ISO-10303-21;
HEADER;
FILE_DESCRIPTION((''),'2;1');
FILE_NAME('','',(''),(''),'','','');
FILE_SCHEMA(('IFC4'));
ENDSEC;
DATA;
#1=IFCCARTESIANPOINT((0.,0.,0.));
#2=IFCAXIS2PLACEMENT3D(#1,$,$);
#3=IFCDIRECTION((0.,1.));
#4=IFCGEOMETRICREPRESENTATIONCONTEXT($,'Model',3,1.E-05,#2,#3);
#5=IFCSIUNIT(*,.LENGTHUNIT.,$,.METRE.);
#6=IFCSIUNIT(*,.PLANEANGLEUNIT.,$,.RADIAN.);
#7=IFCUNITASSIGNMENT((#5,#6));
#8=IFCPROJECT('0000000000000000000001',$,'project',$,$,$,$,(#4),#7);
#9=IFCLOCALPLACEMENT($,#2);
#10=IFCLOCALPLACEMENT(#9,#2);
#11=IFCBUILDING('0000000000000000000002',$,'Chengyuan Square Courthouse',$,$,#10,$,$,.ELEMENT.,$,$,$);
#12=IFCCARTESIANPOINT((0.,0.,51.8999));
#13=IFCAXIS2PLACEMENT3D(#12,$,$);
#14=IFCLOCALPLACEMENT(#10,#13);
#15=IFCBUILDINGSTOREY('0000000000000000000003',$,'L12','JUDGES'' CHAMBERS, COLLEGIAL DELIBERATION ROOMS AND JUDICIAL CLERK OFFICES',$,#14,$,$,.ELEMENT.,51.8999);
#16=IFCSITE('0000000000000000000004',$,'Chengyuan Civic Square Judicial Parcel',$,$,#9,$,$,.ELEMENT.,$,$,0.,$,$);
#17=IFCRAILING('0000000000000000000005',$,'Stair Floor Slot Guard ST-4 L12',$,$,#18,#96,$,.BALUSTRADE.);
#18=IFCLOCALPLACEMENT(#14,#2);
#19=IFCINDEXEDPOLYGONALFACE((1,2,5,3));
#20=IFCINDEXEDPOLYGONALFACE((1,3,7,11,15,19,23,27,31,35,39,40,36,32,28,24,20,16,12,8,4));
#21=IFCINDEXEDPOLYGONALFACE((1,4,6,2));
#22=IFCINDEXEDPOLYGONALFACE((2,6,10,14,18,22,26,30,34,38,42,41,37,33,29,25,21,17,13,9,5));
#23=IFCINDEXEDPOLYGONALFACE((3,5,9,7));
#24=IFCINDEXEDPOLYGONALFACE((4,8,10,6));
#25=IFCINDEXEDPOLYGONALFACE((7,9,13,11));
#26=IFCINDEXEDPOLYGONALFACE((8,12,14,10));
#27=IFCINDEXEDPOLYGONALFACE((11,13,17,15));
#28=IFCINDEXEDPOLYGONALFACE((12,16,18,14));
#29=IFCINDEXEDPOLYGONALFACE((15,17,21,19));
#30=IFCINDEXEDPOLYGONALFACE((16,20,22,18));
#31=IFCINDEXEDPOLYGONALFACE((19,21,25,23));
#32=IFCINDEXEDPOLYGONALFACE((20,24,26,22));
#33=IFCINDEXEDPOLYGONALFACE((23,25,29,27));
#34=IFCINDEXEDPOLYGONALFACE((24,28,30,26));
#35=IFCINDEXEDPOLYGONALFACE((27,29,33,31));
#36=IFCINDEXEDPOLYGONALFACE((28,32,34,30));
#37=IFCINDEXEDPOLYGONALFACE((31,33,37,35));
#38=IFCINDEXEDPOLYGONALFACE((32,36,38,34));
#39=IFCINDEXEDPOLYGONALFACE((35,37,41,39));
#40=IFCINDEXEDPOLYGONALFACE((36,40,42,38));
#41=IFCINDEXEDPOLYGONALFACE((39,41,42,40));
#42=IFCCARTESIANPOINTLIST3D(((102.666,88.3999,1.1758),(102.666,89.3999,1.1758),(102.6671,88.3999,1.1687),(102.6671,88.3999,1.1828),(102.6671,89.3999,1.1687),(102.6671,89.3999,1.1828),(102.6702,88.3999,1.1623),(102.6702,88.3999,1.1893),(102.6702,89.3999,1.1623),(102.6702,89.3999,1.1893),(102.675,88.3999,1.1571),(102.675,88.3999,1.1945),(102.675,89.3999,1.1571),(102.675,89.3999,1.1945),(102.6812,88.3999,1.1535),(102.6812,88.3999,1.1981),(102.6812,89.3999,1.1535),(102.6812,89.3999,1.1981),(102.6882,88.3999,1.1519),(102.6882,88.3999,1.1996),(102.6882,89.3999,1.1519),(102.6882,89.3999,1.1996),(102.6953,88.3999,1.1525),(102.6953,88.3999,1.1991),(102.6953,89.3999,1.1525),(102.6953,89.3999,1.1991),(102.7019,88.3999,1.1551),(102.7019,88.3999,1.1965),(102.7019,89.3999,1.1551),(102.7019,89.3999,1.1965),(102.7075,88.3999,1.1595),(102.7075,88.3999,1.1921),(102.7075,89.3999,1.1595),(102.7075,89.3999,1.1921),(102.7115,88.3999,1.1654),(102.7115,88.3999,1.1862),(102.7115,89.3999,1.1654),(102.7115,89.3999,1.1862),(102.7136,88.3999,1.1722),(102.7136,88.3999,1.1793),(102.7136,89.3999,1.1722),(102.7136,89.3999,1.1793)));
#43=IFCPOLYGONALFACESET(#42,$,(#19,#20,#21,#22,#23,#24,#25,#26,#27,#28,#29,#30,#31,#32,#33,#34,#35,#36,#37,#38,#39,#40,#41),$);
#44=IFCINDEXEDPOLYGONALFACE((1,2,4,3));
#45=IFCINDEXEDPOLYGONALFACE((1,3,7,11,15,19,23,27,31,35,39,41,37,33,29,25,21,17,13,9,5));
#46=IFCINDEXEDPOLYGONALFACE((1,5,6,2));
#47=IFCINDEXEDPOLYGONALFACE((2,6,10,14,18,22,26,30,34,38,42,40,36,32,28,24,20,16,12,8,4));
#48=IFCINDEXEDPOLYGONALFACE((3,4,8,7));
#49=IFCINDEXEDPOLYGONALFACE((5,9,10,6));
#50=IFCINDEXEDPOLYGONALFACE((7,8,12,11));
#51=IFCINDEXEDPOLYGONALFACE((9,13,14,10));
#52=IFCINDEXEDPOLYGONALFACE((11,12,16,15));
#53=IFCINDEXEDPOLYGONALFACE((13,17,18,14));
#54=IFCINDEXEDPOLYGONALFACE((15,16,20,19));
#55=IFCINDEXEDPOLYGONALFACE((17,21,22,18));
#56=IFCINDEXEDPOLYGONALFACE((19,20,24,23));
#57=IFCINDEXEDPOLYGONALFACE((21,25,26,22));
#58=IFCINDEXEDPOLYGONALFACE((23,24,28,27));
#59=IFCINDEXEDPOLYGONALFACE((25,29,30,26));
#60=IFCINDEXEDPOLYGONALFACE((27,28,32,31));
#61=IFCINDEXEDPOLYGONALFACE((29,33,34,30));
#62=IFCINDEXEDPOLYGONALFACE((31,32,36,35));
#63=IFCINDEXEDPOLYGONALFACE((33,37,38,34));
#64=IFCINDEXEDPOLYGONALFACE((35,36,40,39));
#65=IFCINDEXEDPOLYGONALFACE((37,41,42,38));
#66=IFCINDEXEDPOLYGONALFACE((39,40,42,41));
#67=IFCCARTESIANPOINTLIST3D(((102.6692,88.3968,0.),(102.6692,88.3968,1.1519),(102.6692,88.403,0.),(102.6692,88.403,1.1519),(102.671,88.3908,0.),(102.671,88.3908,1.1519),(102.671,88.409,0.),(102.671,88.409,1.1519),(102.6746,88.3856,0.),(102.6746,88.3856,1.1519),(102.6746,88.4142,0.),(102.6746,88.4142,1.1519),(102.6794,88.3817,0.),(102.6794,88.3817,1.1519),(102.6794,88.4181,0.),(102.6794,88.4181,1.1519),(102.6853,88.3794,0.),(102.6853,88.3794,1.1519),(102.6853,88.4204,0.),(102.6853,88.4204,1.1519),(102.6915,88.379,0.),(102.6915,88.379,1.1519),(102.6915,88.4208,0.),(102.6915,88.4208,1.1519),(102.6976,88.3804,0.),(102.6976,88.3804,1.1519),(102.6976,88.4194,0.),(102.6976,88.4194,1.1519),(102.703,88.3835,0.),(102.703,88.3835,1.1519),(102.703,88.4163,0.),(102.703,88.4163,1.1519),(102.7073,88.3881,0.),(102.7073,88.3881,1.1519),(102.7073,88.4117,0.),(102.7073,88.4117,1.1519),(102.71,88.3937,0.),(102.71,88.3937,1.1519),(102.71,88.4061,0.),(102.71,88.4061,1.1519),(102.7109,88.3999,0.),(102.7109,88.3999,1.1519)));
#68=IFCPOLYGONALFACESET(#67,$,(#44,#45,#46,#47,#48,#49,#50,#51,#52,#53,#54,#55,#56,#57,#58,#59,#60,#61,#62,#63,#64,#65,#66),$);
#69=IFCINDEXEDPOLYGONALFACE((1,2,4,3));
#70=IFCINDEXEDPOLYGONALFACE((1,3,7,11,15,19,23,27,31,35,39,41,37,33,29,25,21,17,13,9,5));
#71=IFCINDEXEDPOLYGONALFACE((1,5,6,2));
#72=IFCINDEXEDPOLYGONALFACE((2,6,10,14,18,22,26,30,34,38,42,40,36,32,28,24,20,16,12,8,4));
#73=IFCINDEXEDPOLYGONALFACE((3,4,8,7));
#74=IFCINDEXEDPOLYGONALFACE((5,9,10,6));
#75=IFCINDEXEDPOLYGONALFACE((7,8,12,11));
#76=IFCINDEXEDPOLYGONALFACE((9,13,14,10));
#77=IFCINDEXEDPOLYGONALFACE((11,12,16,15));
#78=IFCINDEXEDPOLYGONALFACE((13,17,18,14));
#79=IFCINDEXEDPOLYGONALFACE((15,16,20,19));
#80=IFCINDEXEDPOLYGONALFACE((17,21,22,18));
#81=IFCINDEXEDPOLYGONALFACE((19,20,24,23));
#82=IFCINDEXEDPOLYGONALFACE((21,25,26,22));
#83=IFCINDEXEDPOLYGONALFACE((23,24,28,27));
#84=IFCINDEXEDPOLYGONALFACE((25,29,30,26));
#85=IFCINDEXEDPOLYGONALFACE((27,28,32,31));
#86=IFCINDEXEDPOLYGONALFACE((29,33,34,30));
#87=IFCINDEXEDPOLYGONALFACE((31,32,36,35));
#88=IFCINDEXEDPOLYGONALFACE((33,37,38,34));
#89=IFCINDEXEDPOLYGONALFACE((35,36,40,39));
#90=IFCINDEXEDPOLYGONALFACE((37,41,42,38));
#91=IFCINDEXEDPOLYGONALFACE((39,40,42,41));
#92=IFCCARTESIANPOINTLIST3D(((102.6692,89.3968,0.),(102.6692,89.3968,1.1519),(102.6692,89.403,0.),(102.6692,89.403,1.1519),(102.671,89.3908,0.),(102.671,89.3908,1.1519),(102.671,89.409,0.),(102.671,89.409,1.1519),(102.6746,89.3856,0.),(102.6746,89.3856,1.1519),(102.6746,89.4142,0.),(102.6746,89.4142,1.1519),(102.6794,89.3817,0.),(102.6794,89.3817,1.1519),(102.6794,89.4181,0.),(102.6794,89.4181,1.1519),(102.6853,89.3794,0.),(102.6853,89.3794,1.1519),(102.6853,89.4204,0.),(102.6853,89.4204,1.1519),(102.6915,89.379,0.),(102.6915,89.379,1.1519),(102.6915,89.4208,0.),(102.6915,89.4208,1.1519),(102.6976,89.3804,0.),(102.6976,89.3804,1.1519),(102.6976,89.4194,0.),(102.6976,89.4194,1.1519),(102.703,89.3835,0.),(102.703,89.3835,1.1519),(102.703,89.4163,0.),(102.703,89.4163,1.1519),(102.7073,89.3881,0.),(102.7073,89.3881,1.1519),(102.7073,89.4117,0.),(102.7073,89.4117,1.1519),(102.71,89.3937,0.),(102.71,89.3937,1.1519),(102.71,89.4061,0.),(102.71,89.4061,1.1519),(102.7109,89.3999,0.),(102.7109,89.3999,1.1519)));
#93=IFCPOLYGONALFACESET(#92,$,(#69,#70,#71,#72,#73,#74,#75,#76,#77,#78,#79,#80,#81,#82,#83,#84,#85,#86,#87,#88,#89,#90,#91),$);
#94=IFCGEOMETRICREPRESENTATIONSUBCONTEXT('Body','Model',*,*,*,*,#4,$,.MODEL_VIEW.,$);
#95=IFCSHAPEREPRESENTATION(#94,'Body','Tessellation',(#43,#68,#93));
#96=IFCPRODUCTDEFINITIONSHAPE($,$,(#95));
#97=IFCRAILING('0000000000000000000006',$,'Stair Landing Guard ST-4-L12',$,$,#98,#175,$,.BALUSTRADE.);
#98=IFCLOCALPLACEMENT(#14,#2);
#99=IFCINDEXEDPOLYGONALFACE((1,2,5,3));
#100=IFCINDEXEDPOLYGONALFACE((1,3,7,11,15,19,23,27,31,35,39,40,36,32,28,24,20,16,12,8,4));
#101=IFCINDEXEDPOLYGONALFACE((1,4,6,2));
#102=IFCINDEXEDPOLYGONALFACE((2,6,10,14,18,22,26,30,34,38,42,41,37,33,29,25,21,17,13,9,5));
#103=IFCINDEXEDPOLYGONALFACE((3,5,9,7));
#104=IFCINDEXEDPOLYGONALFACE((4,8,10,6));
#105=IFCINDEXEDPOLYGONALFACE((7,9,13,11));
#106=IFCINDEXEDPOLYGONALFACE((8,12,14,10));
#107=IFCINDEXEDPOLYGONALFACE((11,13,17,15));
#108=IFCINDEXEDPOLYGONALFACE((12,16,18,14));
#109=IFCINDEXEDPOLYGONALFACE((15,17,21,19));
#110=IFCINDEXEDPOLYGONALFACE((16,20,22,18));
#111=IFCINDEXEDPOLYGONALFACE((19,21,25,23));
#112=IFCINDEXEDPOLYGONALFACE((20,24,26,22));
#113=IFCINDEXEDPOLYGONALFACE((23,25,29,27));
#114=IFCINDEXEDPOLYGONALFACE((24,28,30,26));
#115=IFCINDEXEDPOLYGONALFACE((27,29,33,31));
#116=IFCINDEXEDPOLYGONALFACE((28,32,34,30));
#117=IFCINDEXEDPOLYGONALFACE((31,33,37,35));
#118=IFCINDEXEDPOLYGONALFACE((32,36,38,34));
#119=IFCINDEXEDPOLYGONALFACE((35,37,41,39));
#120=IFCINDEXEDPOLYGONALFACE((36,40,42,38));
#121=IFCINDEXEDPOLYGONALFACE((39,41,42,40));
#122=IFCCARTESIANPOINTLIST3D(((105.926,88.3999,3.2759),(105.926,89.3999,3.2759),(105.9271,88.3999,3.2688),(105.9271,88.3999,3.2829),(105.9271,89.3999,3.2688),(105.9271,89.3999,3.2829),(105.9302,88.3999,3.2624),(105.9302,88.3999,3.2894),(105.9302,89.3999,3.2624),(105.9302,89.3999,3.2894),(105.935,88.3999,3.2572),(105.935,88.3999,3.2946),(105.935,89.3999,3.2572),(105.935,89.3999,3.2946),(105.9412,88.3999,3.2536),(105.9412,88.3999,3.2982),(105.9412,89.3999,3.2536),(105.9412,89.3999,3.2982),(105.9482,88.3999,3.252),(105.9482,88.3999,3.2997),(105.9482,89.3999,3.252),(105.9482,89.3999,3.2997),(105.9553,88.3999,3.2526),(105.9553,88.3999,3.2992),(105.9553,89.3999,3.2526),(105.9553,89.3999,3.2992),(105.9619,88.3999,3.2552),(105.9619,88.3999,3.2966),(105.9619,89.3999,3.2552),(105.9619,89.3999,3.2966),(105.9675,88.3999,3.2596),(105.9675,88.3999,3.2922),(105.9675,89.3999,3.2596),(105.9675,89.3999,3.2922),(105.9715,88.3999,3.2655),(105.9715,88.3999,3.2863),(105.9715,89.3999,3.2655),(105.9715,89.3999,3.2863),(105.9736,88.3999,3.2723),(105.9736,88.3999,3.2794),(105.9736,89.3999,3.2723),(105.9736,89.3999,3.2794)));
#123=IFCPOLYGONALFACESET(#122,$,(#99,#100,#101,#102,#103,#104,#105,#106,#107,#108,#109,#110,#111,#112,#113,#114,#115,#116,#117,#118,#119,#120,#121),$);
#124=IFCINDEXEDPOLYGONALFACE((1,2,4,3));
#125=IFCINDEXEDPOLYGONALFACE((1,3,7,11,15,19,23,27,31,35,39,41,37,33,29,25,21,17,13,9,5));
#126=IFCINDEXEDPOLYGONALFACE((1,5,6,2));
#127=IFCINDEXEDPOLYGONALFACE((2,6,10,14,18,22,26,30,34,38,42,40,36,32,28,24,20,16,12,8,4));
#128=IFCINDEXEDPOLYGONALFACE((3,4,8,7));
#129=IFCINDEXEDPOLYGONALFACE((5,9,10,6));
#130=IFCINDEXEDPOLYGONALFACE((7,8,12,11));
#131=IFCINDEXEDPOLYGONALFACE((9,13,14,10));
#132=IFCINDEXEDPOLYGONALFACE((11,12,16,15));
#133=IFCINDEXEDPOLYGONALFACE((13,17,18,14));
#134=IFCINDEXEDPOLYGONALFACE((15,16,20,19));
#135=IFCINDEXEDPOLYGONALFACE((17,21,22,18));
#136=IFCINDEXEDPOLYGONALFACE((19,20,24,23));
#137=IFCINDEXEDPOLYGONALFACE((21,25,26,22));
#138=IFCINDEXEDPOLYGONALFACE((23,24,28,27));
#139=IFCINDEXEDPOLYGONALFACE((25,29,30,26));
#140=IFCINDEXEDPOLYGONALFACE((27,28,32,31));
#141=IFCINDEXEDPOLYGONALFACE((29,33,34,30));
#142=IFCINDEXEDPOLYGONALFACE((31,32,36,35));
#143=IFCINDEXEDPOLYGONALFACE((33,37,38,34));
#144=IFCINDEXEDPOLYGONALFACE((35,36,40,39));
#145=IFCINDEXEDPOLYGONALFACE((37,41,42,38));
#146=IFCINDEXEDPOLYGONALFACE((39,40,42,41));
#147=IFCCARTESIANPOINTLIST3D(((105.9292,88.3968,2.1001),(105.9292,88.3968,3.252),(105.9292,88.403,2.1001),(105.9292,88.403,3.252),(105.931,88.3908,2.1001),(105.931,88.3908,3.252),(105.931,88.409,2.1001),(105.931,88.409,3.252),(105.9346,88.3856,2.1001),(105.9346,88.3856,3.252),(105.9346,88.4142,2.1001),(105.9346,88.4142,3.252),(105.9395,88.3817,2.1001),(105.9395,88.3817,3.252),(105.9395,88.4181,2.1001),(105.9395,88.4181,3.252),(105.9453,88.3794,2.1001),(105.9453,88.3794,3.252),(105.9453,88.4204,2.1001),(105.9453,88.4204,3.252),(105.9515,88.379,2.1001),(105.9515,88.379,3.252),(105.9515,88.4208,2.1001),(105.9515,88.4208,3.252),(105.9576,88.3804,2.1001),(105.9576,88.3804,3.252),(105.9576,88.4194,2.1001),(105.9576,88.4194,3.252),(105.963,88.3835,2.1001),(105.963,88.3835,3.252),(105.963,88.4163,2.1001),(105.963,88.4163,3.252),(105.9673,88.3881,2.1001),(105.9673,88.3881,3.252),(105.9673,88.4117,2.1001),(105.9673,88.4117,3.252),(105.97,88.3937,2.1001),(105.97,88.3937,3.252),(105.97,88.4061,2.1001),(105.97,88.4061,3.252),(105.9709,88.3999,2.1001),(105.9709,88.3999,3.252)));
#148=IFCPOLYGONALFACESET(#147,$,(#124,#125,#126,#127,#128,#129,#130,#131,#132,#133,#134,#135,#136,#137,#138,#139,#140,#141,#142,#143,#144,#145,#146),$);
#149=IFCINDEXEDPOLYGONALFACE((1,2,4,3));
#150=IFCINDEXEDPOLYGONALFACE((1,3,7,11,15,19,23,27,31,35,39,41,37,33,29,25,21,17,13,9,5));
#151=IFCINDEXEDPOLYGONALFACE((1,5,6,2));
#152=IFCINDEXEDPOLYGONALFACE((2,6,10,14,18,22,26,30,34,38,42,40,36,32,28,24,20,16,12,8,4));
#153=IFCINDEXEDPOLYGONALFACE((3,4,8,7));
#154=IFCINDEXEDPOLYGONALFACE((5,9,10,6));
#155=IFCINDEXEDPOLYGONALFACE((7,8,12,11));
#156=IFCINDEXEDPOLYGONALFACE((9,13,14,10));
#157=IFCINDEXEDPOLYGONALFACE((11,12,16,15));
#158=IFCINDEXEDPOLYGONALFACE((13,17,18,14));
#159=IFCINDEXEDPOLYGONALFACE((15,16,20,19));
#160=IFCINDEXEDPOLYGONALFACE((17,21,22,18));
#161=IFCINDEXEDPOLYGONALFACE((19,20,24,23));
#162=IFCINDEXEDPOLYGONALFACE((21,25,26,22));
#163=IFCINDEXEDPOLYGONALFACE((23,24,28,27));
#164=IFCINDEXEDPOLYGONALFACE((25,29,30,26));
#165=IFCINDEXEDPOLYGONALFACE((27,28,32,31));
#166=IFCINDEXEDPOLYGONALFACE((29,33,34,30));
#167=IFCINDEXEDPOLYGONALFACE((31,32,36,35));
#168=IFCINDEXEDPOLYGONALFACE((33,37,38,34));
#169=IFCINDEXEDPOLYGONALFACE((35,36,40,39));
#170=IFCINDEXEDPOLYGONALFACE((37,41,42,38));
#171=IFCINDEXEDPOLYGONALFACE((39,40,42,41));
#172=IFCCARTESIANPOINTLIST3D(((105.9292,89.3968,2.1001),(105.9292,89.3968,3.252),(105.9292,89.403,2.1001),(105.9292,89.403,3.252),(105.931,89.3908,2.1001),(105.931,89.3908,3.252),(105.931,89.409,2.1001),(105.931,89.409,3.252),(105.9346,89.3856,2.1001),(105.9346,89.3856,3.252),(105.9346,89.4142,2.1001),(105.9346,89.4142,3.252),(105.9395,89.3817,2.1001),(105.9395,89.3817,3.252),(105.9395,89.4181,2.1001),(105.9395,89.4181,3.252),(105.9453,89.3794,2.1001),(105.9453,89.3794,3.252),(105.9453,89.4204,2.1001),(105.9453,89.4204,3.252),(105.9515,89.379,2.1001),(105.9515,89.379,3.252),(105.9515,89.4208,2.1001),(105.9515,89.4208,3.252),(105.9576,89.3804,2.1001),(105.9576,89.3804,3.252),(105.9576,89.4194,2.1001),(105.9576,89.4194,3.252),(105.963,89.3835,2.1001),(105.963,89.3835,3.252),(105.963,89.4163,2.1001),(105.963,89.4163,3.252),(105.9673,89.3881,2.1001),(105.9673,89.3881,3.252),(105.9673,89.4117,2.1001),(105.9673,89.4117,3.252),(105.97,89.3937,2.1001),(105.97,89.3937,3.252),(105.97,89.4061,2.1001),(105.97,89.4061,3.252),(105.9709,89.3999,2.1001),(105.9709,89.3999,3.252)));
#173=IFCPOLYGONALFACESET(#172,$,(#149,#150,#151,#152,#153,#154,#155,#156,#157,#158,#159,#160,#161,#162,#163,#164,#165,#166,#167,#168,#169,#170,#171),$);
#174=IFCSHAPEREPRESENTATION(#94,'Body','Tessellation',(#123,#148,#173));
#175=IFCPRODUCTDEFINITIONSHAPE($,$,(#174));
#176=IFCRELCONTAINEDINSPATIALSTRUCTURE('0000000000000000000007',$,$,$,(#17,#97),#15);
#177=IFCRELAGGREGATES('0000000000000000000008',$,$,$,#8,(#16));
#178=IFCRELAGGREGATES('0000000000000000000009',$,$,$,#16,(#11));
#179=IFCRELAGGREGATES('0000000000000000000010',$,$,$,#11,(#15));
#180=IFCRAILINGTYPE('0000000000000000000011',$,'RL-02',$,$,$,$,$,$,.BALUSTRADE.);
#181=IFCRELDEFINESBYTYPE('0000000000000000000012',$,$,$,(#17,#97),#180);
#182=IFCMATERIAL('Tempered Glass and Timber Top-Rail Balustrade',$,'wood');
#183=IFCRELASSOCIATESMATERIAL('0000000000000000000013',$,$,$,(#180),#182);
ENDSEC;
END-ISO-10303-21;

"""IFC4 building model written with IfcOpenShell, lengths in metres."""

from ifc_helpers import new_model, si_unit, direction, frame, origin, origin_2d, place, context, subcontext, project, spatial, circle, extrude, material, type_object, element, save


model = new_model("IFC4")

# Units and contexts
model_context = context("Model", 3, precision=1e-05, world=origin(), true_north=direction((0.0, 1.0)))
body_context = subcontext(model_context, "Body", "Model", "MODEL_VIEW")
ifc_project = project(units=[si_unit("LENGTHUNIT", "METRE"), si_unit("PLANEANGLEUNIT", "RADIAN")], contexts=[model_context])

# Site, building, storey
site_placement = place(None, origin())
site = spatial("IfcSite", under=ifc_project, at=site_placement, Name="Chengyuan Civic Square Judicial Parcel", CompositionType="ELEMENT", RefElevation=0.0)
building_placement = place(site_placement, origin())
building = spatial("IfcBuilding", under=site, at=building_placement, Name="Chengyuan Square Courthouse", CompositionType="ELEMENT")
storey_placement = place(building_placement, frame((0.0, 0.0, 51.8999)))
storey = spatial("IfcBuildingStorey", under=building, at=storey_placement, Name="L12", Description="JUDGES' CHAMBERS, COLLEGIAL DELIBERATION ROOMS AND JUDICIAL CLERK OFFICES", CompositionType="ELEMENT", Elevation=51.8999)

# Railings
ifc_material_1 = material(Name="Tempered Glass and Timber Top-Rail Balustrade", Category="wood")
railing_type_1 = type_object("IfcRailingType", Name="RL-02", PredefinedType="BALUSTRADE", material=ifc_material_1)
for number, where, name in (
    (1, (102.6899, 88.3999, 0.0), "Stair Floor Slot Guard ST-4 L12"),
    (2, (105.95, 88.3999, 2.1001), "Stair Landing Guard ST-4-L12"),
):
    element("IfcRailing", number, at=place(storey_placement, frame(where)), inside=storey, type_object=railing_type_1, Name=name, PredefinedType="BALUSTRADE", context=body_context, shape_type="SweptSolid", body=[
        extrude(circle(Radius=0.0239, at=origin_2d()), frame((0.0, 0.0, 1.1758), z_axis=(0.0, 1.0, 0.0), x_axis=(-1.0, 0.0, 0.0)), (0.0, 0.0, 1.0), 1.0),
        extrude(circle(Radius=0.021, at=origin_2d()), origin(), (0.0, 0.0, 1.0), 1.1519),
        extrude(circle(Radius=0.021, at=origin_2d()), frame((0.0, 1.0, 0.0)), (0.0, 0.0, 1.0), 1.1519),
    ])

save(model, "model.ifc")
